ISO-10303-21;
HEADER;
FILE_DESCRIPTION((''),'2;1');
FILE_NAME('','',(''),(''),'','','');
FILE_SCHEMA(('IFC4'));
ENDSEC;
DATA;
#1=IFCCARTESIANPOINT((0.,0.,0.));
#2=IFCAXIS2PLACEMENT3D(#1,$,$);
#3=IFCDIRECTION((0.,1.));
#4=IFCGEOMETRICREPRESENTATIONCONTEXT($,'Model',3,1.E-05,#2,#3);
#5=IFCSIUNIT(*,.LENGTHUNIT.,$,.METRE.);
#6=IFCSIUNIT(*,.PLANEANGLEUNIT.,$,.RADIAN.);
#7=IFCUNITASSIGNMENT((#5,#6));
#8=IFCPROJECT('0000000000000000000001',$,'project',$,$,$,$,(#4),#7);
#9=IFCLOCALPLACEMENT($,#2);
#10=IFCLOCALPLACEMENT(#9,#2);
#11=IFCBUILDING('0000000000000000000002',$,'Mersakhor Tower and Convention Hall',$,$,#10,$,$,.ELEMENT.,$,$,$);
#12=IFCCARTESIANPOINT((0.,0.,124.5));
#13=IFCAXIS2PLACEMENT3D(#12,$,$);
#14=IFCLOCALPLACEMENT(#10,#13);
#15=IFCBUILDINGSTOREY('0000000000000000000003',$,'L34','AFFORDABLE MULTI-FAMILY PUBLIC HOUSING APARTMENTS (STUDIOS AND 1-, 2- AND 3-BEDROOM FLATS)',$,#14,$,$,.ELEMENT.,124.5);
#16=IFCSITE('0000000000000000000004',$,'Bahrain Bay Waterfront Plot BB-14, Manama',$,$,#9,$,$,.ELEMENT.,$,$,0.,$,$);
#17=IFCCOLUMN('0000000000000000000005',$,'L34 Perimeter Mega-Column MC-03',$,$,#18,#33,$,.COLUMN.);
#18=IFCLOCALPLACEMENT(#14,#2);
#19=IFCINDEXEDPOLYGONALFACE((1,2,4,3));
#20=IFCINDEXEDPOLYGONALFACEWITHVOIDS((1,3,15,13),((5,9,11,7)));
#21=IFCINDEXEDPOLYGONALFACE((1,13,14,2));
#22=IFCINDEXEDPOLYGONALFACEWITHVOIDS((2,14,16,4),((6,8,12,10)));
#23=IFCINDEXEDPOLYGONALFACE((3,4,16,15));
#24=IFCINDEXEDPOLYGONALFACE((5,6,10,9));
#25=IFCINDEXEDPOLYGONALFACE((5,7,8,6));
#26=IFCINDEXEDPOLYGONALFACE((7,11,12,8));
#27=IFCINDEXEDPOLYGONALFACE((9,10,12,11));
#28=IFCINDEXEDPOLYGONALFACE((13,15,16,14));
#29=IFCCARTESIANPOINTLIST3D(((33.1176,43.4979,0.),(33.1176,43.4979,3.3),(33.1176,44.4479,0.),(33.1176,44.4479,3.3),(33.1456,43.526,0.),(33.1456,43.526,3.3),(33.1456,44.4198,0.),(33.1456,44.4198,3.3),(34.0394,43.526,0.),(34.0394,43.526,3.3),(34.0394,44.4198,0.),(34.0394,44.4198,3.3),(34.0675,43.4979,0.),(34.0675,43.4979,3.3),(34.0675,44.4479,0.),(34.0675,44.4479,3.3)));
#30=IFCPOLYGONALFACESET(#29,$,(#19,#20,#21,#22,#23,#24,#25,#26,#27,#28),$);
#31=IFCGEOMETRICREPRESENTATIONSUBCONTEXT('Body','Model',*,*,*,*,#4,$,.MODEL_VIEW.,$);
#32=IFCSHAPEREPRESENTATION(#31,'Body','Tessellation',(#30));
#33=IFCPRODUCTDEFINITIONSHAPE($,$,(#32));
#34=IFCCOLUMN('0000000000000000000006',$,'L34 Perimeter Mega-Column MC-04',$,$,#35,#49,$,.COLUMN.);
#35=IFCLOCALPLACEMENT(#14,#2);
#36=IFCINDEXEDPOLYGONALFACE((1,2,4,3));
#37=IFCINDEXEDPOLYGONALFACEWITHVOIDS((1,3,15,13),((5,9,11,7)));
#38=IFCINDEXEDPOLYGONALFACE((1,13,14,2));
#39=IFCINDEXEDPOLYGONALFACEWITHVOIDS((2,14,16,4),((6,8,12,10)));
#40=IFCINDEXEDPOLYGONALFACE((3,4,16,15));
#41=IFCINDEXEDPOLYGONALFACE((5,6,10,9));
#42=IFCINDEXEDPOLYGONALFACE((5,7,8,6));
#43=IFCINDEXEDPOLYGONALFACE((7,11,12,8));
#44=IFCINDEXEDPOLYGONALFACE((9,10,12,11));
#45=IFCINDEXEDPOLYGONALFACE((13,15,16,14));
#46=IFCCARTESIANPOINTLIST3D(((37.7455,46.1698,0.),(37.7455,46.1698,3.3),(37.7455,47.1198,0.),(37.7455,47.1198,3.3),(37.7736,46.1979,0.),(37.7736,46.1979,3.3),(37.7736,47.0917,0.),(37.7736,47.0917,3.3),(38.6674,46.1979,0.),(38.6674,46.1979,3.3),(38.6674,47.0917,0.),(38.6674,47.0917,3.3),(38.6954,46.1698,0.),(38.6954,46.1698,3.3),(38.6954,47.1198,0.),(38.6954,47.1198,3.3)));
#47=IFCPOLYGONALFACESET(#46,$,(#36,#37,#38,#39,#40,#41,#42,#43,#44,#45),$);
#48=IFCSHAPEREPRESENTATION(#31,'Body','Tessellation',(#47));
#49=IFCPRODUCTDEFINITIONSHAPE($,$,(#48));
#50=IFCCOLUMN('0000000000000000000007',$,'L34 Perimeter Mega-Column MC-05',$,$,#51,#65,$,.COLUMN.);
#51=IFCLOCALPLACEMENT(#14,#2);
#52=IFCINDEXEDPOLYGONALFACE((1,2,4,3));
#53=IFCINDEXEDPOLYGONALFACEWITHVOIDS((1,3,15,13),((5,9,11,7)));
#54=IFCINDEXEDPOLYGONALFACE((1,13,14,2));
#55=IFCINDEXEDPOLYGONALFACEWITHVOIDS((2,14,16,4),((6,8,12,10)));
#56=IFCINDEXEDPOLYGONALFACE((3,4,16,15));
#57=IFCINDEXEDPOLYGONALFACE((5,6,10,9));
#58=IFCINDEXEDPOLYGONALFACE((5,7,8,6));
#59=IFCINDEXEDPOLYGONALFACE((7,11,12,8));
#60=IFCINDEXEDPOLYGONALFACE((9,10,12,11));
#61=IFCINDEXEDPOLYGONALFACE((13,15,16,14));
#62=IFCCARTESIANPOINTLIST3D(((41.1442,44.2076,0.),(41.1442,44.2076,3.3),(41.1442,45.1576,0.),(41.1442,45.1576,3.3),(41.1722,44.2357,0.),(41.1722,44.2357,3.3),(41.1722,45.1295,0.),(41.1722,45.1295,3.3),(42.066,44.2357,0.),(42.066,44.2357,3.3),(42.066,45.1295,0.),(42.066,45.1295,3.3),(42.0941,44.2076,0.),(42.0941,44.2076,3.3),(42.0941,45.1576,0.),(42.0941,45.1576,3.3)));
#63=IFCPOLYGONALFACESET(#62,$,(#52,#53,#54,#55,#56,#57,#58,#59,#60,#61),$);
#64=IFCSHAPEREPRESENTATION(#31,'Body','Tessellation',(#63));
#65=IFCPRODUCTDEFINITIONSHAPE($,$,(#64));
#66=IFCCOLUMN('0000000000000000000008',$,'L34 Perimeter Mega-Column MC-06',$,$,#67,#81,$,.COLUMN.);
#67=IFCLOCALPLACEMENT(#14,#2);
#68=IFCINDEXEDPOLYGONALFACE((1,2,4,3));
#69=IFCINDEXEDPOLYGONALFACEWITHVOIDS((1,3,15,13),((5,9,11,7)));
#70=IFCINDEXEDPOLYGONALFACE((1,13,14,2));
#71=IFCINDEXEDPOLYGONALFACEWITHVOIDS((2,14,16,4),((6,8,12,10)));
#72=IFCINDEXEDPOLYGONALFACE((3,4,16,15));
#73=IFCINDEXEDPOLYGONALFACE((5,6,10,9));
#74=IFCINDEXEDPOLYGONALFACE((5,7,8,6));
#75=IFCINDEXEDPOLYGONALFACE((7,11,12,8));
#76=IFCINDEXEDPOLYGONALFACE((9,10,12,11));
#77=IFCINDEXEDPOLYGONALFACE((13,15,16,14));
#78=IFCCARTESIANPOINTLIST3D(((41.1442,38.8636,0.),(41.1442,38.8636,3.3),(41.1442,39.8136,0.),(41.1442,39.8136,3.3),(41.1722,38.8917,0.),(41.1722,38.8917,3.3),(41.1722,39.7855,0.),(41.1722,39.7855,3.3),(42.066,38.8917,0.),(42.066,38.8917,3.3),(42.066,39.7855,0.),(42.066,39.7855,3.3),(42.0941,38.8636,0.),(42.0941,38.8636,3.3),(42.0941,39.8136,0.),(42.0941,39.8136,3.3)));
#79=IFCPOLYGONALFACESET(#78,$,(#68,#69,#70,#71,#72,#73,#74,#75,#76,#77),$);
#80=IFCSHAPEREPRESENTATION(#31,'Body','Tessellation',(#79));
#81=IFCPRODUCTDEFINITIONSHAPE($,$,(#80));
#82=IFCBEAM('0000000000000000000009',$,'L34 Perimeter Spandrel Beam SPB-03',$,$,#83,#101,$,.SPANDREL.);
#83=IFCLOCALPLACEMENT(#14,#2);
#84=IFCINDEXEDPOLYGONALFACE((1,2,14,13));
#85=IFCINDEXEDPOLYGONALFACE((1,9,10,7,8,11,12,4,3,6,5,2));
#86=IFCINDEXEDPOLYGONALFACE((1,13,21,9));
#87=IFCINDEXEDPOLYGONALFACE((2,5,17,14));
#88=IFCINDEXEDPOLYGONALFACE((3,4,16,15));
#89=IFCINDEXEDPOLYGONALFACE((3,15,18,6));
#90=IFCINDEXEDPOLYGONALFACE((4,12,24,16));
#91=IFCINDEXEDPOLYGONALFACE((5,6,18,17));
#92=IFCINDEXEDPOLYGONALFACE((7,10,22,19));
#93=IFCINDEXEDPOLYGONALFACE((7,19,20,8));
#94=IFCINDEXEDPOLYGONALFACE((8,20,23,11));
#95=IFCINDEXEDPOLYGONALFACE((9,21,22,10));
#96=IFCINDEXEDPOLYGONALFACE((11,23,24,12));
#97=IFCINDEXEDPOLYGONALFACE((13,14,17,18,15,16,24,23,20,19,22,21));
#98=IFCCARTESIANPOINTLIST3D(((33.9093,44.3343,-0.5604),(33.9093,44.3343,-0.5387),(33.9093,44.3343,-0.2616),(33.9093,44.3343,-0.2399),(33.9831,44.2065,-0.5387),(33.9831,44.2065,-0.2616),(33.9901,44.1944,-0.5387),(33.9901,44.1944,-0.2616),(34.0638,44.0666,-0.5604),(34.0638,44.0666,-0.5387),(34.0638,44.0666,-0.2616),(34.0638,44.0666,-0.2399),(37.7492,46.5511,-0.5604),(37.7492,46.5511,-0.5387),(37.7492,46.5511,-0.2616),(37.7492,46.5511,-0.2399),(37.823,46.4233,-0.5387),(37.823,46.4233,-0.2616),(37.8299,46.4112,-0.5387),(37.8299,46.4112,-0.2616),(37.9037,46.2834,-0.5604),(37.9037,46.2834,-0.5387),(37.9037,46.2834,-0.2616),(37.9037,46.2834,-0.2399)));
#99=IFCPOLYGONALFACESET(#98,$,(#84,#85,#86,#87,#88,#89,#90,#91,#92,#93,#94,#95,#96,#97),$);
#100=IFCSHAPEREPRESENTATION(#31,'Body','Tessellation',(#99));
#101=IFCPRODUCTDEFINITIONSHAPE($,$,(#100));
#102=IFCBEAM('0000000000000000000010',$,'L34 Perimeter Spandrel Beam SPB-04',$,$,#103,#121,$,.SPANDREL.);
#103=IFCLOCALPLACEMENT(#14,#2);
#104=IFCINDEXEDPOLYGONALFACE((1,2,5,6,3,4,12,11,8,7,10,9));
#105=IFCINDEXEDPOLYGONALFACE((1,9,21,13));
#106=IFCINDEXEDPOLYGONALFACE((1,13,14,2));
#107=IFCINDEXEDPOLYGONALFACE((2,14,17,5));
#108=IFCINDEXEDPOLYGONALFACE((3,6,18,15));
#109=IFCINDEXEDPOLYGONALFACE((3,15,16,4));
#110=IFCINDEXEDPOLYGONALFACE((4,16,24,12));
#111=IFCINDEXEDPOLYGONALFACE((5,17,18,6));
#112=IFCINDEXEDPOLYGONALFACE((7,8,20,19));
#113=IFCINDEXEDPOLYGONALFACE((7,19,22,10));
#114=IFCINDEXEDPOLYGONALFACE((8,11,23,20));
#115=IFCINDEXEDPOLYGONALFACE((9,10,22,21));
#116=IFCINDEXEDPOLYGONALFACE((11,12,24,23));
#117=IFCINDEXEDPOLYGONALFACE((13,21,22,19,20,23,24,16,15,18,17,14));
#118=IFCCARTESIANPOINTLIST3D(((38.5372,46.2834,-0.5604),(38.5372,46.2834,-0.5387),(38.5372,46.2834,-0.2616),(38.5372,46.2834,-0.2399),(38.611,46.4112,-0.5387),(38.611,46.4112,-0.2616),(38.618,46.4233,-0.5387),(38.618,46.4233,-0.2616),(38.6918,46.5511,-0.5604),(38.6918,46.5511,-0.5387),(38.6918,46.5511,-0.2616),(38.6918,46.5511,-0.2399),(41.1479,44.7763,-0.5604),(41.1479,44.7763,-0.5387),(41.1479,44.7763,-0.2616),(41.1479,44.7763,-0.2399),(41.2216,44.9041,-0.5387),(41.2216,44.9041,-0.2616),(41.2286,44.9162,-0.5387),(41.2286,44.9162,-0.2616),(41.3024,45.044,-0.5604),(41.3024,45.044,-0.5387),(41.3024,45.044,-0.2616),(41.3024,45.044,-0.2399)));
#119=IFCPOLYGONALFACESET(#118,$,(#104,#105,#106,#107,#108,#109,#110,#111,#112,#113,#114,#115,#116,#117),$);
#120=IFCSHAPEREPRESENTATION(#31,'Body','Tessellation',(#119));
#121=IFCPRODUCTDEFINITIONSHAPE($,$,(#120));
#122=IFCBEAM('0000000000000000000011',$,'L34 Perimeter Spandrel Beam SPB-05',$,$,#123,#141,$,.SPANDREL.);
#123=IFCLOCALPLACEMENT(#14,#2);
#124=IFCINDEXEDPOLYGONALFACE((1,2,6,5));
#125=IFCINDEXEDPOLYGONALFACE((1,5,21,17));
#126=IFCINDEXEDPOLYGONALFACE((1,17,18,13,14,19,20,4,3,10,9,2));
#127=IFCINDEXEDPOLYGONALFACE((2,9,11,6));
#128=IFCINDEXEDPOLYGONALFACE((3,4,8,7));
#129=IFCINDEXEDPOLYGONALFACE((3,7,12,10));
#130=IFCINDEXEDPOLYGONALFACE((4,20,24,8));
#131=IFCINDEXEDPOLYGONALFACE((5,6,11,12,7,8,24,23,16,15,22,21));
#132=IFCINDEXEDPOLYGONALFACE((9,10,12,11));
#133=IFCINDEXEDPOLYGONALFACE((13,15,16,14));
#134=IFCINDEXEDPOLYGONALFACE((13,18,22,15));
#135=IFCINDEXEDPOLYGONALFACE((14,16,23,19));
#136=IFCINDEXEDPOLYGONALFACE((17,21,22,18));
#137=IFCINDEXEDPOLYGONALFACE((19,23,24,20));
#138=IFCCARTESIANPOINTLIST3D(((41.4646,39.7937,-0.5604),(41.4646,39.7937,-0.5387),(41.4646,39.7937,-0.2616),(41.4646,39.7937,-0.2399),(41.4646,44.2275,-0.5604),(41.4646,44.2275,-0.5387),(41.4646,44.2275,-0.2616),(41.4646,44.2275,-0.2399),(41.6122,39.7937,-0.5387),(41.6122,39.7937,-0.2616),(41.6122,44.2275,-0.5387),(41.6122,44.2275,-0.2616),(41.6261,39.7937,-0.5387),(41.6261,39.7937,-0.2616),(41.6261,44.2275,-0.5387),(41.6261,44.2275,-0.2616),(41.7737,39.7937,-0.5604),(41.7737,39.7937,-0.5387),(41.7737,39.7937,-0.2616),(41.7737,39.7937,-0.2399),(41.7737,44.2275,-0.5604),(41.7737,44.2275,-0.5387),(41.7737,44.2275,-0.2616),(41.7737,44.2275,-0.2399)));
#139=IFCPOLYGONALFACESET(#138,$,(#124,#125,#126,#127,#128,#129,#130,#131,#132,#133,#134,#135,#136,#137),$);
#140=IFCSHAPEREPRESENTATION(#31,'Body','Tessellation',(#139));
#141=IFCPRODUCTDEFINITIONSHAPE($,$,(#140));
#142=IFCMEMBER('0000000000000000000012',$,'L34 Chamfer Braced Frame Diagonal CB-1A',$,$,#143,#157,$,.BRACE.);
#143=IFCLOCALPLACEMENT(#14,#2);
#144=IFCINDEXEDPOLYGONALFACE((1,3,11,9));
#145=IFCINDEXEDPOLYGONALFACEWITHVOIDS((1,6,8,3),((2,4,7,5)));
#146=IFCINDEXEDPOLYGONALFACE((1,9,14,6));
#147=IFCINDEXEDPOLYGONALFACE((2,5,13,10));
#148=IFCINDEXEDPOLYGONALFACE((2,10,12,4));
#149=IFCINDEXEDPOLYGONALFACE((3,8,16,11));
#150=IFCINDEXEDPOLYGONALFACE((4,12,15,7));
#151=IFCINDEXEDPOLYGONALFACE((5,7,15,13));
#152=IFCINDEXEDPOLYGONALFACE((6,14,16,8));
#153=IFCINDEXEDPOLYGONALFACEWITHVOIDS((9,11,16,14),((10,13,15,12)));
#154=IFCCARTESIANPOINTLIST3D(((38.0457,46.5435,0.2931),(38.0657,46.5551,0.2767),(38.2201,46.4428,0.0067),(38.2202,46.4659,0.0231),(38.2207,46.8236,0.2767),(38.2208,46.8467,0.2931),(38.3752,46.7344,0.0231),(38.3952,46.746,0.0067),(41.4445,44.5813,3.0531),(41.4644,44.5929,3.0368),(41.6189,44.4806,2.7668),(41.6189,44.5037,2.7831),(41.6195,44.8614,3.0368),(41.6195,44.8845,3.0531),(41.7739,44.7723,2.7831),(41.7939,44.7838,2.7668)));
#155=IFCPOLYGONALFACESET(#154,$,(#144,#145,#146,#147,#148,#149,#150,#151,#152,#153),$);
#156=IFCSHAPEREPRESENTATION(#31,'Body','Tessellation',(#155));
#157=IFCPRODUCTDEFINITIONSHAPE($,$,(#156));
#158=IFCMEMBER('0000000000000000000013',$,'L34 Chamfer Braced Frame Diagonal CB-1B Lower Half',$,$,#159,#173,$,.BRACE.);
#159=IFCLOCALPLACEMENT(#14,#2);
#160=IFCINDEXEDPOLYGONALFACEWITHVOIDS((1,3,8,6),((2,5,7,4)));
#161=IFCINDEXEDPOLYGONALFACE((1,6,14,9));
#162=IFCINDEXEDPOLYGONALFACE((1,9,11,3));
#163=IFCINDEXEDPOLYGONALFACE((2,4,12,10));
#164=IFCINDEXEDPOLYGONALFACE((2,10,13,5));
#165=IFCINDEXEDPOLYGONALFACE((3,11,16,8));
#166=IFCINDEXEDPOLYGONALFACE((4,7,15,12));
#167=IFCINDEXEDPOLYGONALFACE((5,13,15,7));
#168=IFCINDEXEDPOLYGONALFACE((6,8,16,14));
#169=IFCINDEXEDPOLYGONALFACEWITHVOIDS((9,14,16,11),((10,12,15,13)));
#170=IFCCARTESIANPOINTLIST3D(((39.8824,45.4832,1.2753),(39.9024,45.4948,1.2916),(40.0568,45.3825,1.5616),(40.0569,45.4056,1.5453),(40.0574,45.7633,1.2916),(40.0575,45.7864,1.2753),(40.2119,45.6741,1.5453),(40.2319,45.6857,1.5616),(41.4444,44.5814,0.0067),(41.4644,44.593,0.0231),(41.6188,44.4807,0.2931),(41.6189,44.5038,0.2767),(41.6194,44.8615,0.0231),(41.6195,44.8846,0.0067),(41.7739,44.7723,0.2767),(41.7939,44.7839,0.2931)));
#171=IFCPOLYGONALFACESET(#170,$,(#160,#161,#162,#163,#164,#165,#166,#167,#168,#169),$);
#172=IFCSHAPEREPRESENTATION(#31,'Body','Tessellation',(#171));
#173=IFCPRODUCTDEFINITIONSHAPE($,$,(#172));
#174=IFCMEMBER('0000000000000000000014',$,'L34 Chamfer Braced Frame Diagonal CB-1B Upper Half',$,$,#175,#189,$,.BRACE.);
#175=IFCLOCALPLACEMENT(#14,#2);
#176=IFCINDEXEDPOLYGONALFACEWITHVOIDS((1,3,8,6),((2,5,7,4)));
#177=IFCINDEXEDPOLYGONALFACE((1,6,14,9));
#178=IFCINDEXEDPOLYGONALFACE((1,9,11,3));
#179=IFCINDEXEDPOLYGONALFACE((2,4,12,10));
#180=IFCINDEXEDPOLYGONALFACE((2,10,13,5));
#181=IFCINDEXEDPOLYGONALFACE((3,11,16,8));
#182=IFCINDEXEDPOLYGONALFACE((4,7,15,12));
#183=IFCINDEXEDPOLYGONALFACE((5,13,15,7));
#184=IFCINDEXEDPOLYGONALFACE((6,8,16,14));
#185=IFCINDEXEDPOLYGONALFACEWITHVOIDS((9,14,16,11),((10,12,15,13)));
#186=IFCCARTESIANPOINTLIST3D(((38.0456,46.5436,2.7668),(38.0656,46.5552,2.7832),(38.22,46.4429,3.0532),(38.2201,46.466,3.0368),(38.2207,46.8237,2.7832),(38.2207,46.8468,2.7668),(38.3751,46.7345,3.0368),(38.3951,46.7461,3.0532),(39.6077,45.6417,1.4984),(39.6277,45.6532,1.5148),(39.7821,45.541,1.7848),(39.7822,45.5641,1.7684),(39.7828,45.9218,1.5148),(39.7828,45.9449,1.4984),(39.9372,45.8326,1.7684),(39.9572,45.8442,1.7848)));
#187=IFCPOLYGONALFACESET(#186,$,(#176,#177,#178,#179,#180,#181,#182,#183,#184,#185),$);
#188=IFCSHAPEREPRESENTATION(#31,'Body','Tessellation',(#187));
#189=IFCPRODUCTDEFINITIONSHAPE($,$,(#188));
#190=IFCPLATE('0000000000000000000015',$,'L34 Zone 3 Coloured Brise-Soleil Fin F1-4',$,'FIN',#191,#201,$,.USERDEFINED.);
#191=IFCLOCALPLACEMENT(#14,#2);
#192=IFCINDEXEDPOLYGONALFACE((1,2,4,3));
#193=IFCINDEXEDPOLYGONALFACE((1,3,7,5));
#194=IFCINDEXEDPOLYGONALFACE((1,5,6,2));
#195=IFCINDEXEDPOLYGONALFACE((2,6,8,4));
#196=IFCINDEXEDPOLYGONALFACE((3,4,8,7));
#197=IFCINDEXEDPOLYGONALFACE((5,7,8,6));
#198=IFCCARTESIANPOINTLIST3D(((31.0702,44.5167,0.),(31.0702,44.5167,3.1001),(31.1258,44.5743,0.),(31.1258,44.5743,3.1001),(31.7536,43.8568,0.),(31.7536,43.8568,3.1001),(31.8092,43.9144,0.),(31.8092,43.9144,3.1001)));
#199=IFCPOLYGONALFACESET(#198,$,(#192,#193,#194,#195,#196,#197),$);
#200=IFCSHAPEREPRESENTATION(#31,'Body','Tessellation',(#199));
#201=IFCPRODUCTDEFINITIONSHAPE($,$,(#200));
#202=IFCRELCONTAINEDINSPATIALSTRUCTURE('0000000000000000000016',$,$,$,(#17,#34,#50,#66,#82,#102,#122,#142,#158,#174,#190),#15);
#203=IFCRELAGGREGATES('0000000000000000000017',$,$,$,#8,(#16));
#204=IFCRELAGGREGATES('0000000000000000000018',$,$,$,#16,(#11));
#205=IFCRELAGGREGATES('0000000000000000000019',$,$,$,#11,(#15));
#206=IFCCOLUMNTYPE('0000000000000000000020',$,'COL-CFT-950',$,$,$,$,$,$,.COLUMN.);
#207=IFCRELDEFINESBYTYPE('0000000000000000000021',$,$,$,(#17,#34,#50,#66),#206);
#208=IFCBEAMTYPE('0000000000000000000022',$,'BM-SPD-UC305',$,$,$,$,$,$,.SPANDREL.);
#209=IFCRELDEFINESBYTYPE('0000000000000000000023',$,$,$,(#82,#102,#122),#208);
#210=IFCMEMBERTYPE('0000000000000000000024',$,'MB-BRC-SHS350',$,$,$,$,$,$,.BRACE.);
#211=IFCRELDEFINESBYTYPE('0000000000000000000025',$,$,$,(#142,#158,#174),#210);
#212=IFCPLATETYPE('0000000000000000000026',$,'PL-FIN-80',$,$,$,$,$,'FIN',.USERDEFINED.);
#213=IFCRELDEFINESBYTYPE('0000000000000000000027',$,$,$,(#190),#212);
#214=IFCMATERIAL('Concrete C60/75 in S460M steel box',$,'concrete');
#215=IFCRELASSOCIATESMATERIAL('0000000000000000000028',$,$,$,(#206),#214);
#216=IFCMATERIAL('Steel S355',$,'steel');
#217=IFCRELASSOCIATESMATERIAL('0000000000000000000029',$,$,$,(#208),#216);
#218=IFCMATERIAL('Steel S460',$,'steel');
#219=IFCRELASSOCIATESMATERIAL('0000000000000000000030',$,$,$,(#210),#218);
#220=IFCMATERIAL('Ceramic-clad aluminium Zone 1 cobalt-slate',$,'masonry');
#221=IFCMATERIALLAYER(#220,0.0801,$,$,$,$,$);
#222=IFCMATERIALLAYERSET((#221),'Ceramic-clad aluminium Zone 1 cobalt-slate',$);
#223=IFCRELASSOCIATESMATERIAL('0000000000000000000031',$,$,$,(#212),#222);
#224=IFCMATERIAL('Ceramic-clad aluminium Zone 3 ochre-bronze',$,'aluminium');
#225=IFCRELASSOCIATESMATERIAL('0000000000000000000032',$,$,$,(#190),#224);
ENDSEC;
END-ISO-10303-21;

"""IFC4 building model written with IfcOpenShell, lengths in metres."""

from ifc_helpers import new_model, si_unit, direction, frame, origin, origin_2d, place, context, subcontext, project, spatial, rectangle, hollow_rectangle, i_section, extrude, material, layer, layer_set, material_profile, profile_set, type_object, element, save


model = new_model("IFC4")

# Units and contexts
model_context = context("Model", 3, precision=1e-05, world=origin(), true_north=direction((0.0, 1.0)))
body_context = subcontext(model_context, "Body", "Model", "MODEL_VIEW")
ifc_project = project(units=[si_unit("LENGTHUNIT", "METRE"), si_unit("PLANEANGLEUNIT", "RADIAN")], contexts=[model_context])

# Site, building, storey
site_placement = place(None, origin())
site = spatial("IfcSite", under=ifc_project, at=site_placement, Name="Bahrain Bay Waterfront Plot BB-14, Manama", CompositionType="ELEMENT", RefElevation=0.0)
building_placement = place(site_placement, origin())
building = spatial("IfcBuilding", under=site, at=building_placement, Name="Mersakhor Tower and Convention Hall", CompositionType="ELEMENT")
storey_placement = place(building_placement, frame((0.0, 0.0, 124.5)))
storey = spatial("IfcBuildingStorey", under=building, at=storey_placement, Name="L34", Description="AFFORDABLE MULTI-FAMILY PUBLIC HOUSING APARTMENTS (STUDIOS AND 1-, 2- AND 3-BEDROOM FLATS)", CompositionType="ELEMENT", Elevation=124.5)

# Columns
ifc_material_1 = material(Name="Concrete C60/75 in S460M steel box", Category="concrete")
ifc_material_profile_1 = material_profile(ifc_material_1, hollow_rectangle(XDim=0.95, YDim=0.95, WallThickness=0.0281, at=origin_2d()), Name="SHS 950x950x28")
ifc_profile_set_1 = profile_set([ifc_material_profile_1], Name="Concrete C60/75 in S460M steel box")
column_type = type_object("IfcColumnType", Name="COL-CFT-950", PredefinedType="COLUMN", material=ifc_profile_set_1)
for number, where, z_axis, x_axis, name in (
    (1, (33.5925, 43.9729, 0.0), (0.0, 0.0, 1.0), (1.0, 0.0, 0.0), "L34 Perimeter Mega-Column MC-03"),
    (2, (38.2205, 46.6448, 0.0), (0.0, 0.0, 1.0), (1.0, 0.0, 0.0), "L34 Perimeter Mega-Column MC-04"),
    (3, (41.6191, 44.6826, 0.0), (0.0, 0.0, 1.0), (1.0, 0.0, 0.0), "L34 Perimeter Mega-Column MC-05"),
    (4, (41.6191, 39.3386, 0.0), (0.0, 0.0, 1.0), (1.0, 0.0, 0.0), "L34 Perimeter Mega-Column MC-06"),
):
    element("IfcColumn", number, at=place(storey_placement, frame(where, z_axis=z_axis, x_axis=x_axis)), inside=storey, type_object=column_type, Name=name, PredefinedType="COLUMN", context=body_context, shape_type="SweptSolid", body=[
        extrude(hollow_rectangle(XDim=0.95, YDim=0.95, WallThickness=0.0281, at=origin_2d()), origin(), (0.0, 0.0, 1.0), 3.3),
    ])

# Beams
ifc_material_2 = material(Name="Steel S355", Category="steel")
ifc_material_profile_2 = material_profile(ifc_material_2, i_section(OverallWidth=0.3091, OverallDepth=0.3206, WebThickness=0.0139, FlangeThickness=0.0217, at=origin_2d()), Name="UC 305x305x137")
ifc_profile_set_2 = profile_set([ifc_material_profile_2], Name="Steel S355")
beam_type = type_object("IfcBeamType", Name="BM-SPD-UC305", PredefinedType="SPANDREL", material=ifc_profile_set_2)
beam_1_placement = place(storey_placement, frame((33.9866, 44.2004, -0.4001), z_axis=(0.866039, 0.499977, 0.0), x_axis=(-0.499977, 0.866039, 0.0)))
element("IfcBeam", 5, at=beam_1_placement, inside=storey, type_object=beam_type, Name="L34 Perimeter Spandrel Beam SPB-03", PredefinedType="SPANDREL", context=body_context, shape_type="SweptSolid", body=[
    extrude(i_section(OverallWidth=0.3091, OverallDepth=0.3206, WebThickness=0.0139, FlangeThickness=0.0217, at=origin_2d()), origin(), (0.0, 0.0, 1.0), 4.4338),
])
beam_2_placement = place(storey_placement, frame((38.6145, 46.4172, -0.4001), z_axis=(0.866047, -0.499963, 0.0), x_axis=(0.499963, 0.866047, 0.0)))
element("IfcBeam", 6, at=beam_2_placement, inside=storey, type_object=beam_type, Name="L34 Perimeter Spandrel Beam SPB-04", PredefinedType="SPANDREL", context=body_context, shape_type="SweptSolid", body=[
    extrude(i_section(OverallWidth=0.3091, OverallDepth=0.3206, WebThickness=0.0139, FlangeThickness=0.0217, at=origin_2d()), origin(), (0.0, 0.0, 1.0), 3.0144),
])
beam_3_placement = place(storey_placement, frame((41.6191, 44.2275, -0.4001), z_axis=(0.0, -1.0, 0.0), x_axis=(1.0, 0.0, 0.0)))
element("IfcBeam", 7, at=beam_3_placement, inside=storey, type_object=beam_type, Name="L34 Perimeter Spandrel Beam SPB-05", PredefinedType="SPANDREL", context=body_context, shape_type="SweptSolid", body=[
    extrude(i_section(OverallWidth=0.3091, OverallDepth=0.3206, WebThickness=0.0139, FlangeThickness=0.0217, at=origin_2d()), origin(), (0.0, 0.0, 1.0), 4.4338),
])

# Members
ifc_material_3 = material(Name="Steel S460", Category="steel")
ifc_material_profile_3 = material_profile(ifc_material_3, hollow_rectangle(XDim=0.3501, YDim=0.3501, WallThickness=0.02, at=origin_2d()), Name="SHS 350x350x20")
ifc_profile_set_3 = profile_set([ifc_material_profile_3], Name="Steel S460")
member_type = type_object("IfcMemberType", Name="MB-BRC-SHS350", PredefinedType="BRACE", material=ifc_profile_set_3)
member_placement = place(storey_placement, frame((38.2205, 46.6448, 0.1499), z_axis=(0.708385, -0.408972, 0.575267), x_axis=(0.499986, 0.866033, 0.0)))
element("IfcMember", 8, at=member_placement, inside=storey, type_object=member_type, Name="L34 Chamfer Braced Frame Diagonal CB-1A", PredefinedType="BRACE", context=body_context, shape_type="SweptSolid", body=[
    extrude(hollow_rectangle(XDim=0.3501, YDim=0.3501, WallThickness=0.02, at=origin_2d()), origin(), (0.0, 0.0, 1.0), 4.7979),
])
for number, where, z_axis, x_axis, name in (
    (9, (41.6191, 44.6826, 0.1499), (-0.708364, 0.408987, 0.575283), (-0.500011, -0.866019, 0.0), "L34 Chamfer Braced Frame Diagonal CB-1B Lower Half"),
    (10, (39.7825, 45.7429, 1.6416), (-0.708409, 0.409013, 0.575209), (-0.500011, -0.866019, 0.0), "L34 Chamfer Braced Frame Diagonal CB-1B Upper Half"),
):
    element("IfcMember", number, at=place(storey_placement, frame(where, z_axis=z_axis, x_axis=x_axis)), inside=storey, type_object=member_type, Name=name, PredefinedType="BRACE", context=body_context, shape_type="SweptSolid", body=[
        extrude(hollow_rectangle(XDim=0.3501, YDim=0.3501, WallThickness=0.02, at=origin_2d()), origin(), (0.0, 0.0, 1.0), 2.2051),
    ])

# Plate
ifc_material_4 = material(Name="Ceramic-clad aluminium Zone 3 ochre-bronze", Category="aluminium")
ifc_material_5 = material(Name="Ceramic-clad aluminium Zone 1 cobalt-slate", Category="masonry")
ifc_layer_1 = layer(ifc_material_5, 0.0801)
ifc_layer_set_1 = layer_set([ifc_layer_1], Name="Ceramic-clad aluminium Zone 1 cobalt-slate")
plate_type_1 = type_object("IfcPlateType", Name="PL-FIN-80", ElementType="FIN", PredefinedType="USERDEFINED", material=ifc_layer_set_1)
plate_1_placement = place(storey_placement, frame((31.4397, 44.2156, 0.0), z_axis=(0.0, 0.0, 1.0), x_axis=(-0.71934, 0.694658, 0.0)))
element("IfcPlate", 11, at=plate_1_placement, inside=storey, type_object=plate_type_1, material=ifc_material_4, Name="L34 Zone 3 Coloured Brise-Soleil Fin F1-4", ObjectType="FIN", PredefinedType="USERDEFINED", context=body_context, shape_type="SweptSolid", body=[
    extrude(rectangle(XDim=0.95, YDim=0.0801, at=origin_2d()), origin(), (0.0, 0.0, 1.0), 3.1001),
])

save(model, "model.ifc")
